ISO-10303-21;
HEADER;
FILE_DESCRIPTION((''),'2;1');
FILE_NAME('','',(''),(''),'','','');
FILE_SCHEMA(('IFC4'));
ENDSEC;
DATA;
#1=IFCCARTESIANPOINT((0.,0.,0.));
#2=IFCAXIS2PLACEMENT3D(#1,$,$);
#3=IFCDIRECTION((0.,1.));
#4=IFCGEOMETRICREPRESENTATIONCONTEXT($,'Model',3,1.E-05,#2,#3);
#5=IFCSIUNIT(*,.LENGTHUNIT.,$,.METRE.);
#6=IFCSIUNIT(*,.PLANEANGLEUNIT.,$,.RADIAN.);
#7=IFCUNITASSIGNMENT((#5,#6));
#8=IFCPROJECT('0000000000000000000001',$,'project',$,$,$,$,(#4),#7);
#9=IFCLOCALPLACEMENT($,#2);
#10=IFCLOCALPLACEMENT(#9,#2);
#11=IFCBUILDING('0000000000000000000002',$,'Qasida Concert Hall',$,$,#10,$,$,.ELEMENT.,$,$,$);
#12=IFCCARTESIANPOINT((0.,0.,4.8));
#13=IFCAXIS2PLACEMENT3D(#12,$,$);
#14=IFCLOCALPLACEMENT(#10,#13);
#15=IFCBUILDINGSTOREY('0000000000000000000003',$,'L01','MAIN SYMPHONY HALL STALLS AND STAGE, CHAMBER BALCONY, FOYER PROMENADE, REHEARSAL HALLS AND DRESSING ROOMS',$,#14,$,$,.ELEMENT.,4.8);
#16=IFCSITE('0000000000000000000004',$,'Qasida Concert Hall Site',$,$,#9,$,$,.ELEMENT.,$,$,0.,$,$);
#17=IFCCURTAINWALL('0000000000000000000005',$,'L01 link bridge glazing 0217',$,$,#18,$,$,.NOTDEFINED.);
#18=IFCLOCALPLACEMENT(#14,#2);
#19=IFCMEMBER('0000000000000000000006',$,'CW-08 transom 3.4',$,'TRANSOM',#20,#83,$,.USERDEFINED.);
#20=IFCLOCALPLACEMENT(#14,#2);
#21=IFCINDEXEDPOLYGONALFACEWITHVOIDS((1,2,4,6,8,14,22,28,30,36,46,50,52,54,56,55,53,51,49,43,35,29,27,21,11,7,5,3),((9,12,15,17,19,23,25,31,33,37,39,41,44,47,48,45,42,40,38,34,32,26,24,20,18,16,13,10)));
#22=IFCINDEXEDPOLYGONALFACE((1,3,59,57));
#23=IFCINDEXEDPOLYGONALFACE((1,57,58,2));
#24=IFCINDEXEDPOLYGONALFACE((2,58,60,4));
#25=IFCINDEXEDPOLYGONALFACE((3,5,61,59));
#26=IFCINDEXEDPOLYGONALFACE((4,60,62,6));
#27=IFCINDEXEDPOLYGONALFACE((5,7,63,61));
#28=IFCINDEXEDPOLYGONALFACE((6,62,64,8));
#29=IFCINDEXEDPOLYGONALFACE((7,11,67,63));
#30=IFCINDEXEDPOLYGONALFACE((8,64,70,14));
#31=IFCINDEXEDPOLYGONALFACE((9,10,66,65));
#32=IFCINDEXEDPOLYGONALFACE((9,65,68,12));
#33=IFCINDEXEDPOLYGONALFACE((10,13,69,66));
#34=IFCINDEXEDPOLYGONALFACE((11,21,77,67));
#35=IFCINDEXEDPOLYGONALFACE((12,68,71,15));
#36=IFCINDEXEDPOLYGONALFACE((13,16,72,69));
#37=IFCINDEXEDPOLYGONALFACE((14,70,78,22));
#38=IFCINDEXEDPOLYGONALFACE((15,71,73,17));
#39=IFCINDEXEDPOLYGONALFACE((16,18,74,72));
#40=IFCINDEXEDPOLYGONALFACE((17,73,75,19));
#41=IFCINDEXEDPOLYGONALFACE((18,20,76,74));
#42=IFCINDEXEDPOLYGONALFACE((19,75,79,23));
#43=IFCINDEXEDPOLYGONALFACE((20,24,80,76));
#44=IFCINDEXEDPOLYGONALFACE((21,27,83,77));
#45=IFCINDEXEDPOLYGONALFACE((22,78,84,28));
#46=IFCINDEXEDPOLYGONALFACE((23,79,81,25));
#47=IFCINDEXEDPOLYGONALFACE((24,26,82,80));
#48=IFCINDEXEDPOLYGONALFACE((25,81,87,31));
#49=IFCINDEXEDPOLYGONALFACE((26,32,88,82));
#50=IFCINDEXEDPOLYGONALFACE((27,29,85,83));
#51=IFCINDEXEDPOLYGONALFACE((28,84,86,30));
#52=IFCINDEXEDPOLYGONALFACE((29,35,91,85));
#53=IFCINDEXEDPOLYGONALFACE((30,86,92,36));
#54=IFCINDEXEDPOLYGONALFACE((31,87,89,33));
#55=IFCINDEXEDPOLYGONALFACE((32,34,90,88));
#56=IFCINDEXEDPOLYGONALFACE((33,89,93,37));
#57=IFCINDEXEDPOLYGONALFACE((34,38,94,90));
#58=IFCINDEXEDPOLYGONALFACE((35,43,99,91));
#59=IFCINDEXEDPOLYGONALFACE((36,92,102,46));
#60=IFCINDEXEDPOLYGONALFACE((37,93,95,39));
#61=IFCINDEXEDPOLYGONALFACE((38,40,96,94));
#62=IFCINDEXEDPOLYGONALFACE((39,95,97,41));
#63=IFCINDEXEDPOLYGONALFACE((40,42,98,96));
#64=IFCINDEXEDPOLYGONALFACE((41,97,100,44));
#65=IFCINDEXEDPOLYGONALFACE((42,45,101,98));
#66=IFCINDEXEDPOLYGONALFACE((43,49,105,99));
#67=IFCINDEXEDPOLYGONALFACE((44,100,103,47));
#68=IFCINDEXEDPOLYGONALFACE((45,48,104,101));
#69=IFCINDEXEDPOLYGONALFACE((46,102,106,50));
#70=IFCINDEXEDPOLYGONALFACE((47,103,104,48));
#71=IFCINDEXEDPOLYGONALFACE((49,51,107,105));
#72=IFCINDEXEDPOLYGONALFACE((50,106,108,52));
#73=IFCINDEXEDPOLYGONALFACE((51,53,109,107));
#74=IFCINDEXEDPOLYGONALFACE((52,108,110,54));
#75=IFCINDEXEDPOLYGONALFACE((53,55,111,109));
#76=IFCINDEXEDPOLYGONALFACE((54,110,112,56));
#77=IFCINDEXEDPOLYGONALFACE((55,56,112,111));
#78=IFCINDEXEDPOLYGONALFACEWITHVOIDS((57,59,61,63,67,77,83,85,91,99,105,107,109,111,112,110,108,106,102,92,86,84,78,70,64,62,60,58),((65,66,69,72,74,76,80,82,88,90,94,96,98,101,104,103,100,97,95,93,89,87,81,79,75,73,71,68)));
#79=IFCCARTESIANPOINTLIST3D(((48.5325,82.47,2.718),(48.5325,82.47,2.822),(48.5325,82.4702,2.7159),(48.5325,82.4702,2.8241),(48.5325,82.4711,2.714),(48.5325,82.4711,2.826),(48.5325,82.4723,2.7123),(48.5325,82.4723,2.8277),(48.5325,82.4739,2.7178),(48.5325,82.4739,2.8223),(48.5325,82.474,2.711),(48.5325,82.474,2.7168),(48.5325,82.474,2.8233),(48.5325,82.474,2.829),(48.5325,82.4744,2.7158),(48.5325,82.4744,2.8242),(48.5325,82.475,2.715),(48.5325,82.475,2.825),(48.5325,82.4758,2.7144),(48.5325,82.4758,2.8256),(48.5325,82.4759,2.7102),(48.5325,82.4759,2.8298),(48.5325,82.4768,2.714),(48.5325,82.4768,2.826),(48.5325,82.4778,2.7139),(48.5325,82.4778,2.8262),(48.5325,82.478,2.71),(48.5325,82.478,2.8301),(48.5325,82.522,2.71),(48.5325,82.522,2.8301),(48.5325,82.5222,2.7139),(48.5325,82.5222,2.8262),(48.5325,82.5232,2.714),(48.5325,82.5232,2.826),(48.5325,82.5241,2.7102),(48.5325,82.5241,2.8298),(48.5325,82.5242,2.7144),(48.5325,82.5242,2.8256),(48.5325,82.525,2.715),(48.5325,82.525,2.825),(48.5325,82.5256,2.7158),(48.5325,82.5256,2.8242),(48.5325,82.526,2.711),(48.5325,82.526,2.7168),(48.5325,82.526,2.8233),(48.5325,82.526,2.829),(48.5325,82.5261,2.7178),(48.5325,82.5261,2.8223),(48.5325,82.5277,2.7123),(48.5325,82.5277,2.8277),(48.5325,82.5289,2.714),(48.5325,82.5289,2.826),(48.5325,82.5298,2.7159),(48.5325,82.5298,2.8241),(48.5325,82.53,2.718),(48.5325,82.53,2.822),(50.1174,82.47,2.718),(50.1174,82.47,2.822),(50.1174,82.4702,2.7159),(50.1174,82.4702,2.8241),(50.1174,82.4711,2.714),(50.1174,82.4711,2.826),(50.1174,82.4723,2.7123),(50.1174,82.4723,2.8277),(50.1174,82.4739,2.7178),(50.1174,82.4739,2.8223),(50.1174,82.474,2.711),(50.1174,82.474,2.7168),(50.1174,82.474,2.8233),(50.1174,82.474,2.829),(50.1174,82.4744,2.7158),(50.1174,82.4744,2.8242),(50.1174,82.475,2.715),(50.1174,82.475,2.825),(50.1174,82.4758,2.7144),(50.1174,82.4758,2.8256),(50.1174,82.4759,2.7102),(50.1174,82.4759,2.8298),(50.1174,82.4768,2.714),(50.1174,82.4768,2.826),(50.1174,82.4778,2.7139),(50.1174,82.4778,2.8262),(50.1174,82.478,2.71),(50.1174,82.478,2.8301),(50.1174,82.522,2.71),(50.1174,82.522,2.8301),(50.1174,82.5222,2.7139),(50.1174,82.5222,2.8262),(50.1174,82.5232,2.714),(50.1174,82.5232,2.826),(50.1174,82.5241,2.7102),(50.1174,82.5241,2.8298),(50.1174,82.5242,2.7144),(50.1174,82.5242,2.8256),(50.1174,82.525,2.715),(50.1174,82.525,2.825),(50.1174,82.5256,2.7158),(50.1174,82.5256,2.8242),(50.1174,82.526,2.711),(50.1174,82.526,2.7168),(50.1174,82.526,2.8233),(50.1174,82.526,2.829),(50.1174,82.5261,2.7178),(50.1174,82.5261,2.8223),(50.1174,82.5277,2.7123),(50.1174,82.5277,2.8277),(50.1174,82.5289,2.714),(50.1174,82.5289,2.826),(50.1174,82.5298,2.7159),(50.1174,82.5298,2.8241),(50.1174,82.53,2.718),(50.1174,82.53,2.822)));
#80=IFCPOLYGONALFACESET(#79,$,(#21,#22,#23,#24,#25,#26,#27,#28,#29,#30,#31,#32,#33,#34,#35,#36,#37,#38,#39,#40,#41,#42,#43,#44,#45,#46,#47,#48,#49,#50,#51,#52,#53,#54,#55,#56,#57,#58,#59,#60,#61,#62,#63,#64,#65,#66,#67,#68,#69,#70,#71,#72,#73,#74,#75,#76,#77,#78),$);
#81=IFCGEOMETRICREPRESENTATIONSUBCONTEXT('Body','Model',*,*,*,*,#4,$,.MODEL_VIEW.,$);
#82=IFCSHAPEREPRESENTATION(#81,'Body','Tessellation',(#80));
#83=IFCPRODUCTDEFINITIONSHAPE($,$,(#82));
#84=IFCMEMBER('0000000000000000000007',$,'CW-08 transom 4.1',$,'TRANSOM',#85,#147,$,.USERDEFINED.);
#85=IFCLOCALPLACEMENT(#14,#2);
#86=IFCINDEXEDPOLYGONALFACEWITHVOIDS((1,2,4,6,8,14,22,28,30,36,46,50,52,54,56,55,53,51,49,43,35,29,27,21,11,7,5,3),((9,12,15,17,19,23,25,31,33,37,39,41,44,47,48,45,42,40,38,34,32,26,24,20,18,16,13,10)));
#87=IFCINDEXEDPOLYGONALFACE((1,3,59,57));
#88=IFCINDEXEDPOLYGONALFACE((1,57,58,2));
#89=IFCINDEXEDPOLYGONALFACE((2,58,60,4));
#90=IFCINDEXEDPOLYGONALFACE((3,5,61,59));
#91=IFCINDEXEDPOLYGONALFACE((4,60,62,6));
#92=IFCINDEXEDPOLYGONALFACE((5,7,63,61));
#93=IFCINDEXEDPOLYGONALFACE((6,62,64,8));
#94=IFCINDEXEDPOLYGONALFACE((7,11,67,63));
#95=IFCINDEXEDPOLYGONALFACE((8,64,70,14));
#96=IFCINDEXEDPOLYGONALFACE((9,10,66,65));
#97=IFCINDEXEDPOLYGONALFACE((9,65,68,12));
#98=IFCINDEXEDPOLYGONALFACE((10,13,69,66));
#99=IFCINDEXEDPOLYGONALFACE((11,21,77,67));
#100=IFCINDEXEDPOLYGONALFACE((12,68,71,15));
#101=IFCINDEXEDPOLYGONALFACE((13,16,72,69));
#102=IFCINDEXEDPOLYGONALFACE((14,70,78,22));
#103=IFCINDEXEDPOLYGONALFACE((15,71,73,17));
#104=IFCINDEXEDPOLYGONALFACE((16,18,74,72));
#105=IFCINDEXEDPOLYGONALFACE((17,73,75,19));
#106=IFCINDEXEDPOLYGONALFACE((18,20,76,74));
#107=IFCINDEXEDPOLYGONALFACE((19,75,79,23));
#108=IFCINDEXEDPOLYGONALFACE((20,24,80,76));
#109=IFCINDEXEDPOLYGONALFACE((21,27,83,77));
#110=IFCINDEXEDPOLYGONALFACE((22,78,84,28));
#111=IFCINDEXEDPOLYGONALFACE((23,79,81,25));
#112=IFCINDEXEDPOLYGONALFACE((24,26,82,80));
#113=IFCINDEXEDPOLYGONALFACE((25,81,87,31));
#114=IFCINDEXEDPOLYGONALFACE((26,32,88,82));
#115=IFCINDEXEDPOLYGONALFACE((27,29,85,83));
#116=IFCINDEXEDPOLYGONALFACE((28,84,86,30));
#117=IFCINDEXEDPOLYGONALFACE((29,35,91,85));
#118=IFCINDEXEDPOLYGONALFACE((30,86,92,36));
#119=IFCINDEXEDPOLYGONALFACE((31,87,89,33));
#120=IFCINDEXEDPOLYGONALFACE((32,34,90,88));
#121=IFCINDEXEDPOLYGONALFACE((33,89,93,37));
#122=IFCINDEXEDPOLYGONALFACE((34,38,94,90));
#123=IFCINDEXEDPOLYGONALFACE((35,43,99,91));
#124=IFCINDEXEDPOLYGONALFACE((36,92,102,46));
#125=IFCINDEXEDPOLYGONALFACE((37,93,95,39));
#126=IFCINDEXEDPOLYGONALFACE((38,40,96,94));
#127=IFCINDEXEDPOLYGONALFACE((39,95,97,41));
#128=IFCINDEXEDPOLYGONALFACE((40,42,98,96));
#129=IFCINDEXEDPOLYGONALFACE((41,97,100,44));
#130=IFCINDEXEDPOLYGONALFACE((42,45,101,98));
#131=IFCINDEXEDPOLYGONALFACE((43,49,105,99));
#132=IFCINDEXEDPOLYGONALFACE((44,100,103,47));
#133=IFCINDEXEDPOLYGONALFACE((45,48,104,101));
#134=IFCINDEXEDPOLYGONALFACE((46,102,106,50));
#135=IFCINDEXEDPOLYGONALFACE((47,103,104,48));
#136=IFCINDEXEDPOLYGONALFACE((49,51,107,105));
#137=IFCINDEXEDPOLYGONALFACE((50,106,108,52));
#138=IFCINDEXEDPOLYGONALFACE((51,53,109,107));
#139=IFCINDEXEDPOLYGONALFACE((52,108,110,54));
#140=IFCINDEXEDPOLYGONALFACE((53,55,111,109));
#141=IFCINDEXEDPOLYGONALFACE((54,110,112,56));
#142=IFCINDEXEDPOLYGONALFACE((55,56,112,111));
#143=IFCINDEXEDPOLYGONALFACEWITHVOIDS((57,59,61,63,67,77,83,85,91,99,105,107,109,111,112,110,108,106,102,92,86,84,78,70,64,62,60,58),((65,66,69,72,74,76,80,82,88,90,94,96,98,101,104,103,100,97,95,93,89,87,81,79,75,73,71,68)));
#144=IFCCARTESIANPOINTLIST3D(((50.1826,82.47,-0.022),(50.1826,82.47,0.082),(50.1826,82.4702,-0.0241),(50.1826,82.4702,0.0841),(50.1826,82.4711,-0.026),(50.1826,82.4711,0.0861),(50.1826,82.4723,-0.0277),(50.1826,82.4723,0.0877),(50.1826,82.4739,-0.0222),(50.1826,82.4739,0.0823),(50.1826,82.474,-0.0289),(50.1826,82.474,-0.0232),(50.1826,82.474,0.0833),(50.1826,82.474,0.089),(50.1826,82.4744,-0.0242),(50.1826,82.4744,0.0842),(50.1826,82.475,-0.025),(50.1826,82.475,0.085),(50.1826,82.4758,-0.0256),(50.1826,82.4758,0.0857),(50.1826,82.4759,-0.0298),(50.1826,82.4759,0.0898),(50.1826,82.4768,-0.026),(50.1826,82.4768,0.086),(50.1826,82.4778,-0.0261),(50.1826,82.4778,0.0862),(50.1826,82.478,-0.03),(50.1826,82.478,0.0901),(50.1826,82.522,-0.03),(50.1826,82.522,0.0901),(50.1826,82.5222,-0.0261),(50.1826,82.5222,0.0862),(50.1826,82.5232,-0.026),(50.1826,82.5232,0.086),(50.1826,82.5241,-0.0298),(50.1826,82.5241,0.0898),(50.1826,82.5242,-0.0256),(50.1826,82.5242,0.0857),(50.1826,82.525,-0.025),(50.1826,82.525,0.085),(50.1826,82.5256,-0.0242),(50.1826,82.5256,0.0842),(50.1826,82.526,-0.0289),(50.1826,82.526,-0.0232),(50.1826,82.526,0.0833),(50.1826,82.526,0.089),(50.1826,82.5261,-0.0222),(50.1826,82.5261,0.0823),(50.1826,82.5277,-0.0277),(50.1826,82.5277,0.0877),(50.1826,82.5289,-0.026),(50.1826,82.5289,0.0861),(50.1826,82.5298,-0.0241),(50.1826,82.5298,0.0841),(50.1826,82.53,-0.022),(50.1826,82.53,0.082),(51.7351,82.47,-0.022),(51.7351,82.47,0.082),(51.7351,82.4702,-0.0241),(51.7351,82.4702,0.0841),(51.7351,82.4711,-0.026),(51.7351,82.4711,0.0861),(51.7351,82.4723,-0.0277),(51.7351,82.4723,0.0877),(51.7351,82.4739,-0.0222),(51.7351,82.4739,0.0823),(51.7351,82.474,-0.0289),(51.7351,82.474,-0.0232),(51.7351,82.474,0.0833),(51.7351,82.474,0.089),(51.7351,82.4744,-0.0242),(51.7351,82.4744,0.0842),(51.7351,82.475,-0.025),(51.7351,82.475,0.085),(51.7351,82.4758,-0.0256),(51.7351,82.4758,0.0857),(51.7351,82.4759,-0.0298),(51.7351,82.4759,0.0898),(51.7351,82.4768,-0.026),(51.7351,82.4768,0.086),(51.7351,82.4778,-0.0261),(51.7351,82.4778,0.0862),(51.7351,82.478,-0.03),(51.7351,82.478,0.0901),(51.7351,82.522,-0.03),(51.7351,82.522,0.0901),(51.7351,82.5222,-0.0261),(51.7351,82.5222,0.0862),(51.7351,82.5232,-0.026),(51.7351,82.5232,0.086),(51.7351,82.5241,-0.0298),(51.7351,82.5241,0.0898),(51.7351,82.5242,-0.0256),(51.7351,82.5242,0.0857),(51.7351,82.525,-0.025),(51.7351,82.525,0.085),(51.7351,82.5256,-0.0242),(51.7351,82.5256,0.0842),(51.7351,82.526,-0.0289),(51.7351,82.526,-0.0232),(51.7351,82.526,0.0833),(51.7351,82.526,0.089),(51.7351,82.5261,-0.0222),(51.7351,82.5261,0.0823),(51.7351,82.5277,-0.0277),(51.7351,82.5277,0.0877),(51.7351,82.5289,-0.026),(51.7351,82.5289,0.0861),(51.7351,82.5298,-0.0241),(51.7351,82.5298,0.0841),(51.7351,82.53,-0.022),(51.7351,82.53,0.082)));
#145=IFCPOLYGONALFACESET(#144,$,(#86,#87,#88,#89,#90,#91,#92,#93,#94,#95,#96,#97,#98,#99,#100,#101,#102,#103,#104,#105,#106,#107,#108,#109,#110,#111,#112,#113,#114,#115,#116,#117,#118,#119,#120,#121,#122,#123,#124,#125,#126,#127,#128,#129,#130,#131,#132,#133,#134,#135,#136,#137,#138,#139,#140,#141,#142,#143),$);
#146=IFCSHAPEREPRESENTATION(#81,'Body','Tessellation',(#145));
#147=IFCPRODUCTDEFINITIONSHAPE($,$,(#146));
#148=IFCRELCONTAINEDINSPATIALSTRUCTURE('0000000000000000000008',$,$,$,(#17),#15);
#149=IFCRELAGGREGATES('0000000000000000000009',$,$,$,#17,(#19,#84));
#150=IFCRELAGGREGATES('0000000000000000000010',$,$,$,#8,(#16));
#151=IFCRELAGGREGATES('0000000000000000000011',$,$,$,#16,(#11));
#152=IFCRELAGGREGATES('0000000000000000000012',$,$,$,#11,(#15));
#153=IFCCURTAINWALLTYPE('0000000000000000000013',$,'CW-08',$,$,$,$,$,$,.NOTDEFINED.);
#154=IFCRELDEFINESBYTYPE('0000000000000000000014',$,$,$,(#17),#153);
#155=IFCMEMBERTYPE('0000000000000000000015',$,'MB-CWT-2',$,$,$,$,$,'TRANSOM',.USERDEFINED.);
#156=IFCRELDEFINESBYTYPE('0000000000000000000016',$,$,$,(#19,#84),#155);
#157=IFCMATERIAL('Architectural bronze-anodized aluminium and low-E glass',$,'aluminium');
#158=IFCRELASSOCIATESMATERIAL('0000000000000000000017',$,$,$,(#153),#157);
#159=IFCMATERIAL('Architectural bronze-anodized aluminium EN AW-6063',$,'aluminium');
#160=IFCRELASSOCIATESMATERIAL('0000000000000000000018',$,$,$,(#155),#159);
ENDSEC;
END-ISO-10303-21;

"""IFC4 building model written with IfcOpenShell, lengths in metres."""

from ifc_helpers import new_model, si_unit, direction, frame, origin, origin_2d, place, context, subcontext, project, spatial, hollow_rectangle, extrude, material, material_profile, profile_set, type_object, element, aggregate, save


model = new_model("IFC4")

# Units and contexts
model_context = context("Model", 3, precision=1e-05, world=origin(), true_north=direction((0.0, 1.0)))
body_context = subcontext(model_context, "Body", "Model", "MODEL_VIEW")
ifc_project = project(units=[si_unit("LENGTHUNIT", "METRE"), si_unit("PLANEANGLEUNIT", "RADIAN")], contexts=[model_context])

# Site, building, storey
site_placement = place(None, origin())
site = spatial("IfcSite", under=ifc_project, at=site_placement, Name="Qasida Concert Hall Site", CompositionType="ELEMENT", RefElevation=0.0)
building_placement = place(site_placement, origin())
building = spatial("IfcBuilding", under=site, at=building_placement, Name="Qasida Concert Hall", CompositionType="ELEMENT")
storey_placement = place(building_placement, frame((0.0, 0.0, 4.8)))
storey = spatial("IfcBuildingStorey", under=building, at=storey_placement, Name="L01", Description="MAIN SYMPHONY HALL STALLS AND STAGE, CHAMBER BALCONY, FOYER PROMENADE, REHEARSAL HALLS AND DRESSING ROOMS", CompositionType="ELEMENT", Elevation=4.8)

# Curtain wall, members
ifc_material_1 = material(Name="Architectural bronze-anodized aluminium and low-E glass", Category="aluminium")
curtain_wall_type = type_object("IfcCurtainWallType", Name="CW-08", PredefinedType="NOTDEFINED", material=ifc_material_1)
curtain_wall_placement = place(storey_placement, origin())
curtain_wall = element("IfcCurtainWall", 1, at=curtain_wall_placement, inside=storey, type_object=curtain_wall_type, Name="L01 link bridge glazing 0217", PredefinedType="NOTDEFINED")
ifc_material_2 = material(Name="Architectural bronze-anodized aluminium EN AW-6063", Category="aluminium")
ifc_material_profile_1 = material_profile(ifc_material_2, hollow_rectangle(XDim=0.0601, YDim=0.1201, WallThickness=0.0039, InnerFilletRadius=0.0039, OuterFilletRadius=0.0081, at=origin_2d()), Name="CWT 120x60x4")
ifc_profile_set_1 = profile_set([ifc_material_profile_1], Name="Architectural bronze-anodized aluminium EN AW-6063")
member_type_1 = type_object("IfcMemberType", Name="MB-CWT-2", ElementType="TRANSOM", PredefinedType="USERDEFINED", material=ifc_profile_set_1)
member_1_placement = place(storey_placement, frame((48.5325, 82.5, 2.77), z_axis=(1.0, 0.0, 0.0), x_axis=(0.0, 1.0, 0.0)))
member_1 = element("IfcMember", 2, at=member_1_placement, type_object=member_type_1, Name="CW-08 transom 3.4", ObjectType="TRANSOM", PredefinedType="USERDEFINED", context=body_context, shape_type="SweptSolid", body=[
    extrude(hollow_rectangle(XDim=0.0601, YDim=0.1201, WallThickness=0.0039, InnerFilletRadius=0.0039, OuterFilletRadius=0.0081, at=origin_2d()), origin(), (0.0, 0.0, 1.0), 1.585),
])
member_2_placement = place(storey_placement, frame((50.1826, 82.5, 0.03), z_axis=(1.0, 0.0, 0.0), x_axis=(0.0, 1.0, 0.0)))
member_2 = element("IfcMember", 3, at=member_2_placement, type_object=member_type_1, Name="CW-08 transom 4.1", ObjectType="TRANSOM", PredefinedType="USERDEFINED", context=body_context, shape_type="SweptSolid", body=[
    extrude(hollow_rectangle(XDim=0.0601, YDim=0.1201, WallThickness=0.0039, InnerFilletRadius=0.0039, OuterFilletRadius=0.0081, at=origin_2d()), origin(), (0.0, 0.0, 1.0), 1.5525),
])
aggregate(curtain_wall, [member_1, member_2])

save(model, "model.ifc")
